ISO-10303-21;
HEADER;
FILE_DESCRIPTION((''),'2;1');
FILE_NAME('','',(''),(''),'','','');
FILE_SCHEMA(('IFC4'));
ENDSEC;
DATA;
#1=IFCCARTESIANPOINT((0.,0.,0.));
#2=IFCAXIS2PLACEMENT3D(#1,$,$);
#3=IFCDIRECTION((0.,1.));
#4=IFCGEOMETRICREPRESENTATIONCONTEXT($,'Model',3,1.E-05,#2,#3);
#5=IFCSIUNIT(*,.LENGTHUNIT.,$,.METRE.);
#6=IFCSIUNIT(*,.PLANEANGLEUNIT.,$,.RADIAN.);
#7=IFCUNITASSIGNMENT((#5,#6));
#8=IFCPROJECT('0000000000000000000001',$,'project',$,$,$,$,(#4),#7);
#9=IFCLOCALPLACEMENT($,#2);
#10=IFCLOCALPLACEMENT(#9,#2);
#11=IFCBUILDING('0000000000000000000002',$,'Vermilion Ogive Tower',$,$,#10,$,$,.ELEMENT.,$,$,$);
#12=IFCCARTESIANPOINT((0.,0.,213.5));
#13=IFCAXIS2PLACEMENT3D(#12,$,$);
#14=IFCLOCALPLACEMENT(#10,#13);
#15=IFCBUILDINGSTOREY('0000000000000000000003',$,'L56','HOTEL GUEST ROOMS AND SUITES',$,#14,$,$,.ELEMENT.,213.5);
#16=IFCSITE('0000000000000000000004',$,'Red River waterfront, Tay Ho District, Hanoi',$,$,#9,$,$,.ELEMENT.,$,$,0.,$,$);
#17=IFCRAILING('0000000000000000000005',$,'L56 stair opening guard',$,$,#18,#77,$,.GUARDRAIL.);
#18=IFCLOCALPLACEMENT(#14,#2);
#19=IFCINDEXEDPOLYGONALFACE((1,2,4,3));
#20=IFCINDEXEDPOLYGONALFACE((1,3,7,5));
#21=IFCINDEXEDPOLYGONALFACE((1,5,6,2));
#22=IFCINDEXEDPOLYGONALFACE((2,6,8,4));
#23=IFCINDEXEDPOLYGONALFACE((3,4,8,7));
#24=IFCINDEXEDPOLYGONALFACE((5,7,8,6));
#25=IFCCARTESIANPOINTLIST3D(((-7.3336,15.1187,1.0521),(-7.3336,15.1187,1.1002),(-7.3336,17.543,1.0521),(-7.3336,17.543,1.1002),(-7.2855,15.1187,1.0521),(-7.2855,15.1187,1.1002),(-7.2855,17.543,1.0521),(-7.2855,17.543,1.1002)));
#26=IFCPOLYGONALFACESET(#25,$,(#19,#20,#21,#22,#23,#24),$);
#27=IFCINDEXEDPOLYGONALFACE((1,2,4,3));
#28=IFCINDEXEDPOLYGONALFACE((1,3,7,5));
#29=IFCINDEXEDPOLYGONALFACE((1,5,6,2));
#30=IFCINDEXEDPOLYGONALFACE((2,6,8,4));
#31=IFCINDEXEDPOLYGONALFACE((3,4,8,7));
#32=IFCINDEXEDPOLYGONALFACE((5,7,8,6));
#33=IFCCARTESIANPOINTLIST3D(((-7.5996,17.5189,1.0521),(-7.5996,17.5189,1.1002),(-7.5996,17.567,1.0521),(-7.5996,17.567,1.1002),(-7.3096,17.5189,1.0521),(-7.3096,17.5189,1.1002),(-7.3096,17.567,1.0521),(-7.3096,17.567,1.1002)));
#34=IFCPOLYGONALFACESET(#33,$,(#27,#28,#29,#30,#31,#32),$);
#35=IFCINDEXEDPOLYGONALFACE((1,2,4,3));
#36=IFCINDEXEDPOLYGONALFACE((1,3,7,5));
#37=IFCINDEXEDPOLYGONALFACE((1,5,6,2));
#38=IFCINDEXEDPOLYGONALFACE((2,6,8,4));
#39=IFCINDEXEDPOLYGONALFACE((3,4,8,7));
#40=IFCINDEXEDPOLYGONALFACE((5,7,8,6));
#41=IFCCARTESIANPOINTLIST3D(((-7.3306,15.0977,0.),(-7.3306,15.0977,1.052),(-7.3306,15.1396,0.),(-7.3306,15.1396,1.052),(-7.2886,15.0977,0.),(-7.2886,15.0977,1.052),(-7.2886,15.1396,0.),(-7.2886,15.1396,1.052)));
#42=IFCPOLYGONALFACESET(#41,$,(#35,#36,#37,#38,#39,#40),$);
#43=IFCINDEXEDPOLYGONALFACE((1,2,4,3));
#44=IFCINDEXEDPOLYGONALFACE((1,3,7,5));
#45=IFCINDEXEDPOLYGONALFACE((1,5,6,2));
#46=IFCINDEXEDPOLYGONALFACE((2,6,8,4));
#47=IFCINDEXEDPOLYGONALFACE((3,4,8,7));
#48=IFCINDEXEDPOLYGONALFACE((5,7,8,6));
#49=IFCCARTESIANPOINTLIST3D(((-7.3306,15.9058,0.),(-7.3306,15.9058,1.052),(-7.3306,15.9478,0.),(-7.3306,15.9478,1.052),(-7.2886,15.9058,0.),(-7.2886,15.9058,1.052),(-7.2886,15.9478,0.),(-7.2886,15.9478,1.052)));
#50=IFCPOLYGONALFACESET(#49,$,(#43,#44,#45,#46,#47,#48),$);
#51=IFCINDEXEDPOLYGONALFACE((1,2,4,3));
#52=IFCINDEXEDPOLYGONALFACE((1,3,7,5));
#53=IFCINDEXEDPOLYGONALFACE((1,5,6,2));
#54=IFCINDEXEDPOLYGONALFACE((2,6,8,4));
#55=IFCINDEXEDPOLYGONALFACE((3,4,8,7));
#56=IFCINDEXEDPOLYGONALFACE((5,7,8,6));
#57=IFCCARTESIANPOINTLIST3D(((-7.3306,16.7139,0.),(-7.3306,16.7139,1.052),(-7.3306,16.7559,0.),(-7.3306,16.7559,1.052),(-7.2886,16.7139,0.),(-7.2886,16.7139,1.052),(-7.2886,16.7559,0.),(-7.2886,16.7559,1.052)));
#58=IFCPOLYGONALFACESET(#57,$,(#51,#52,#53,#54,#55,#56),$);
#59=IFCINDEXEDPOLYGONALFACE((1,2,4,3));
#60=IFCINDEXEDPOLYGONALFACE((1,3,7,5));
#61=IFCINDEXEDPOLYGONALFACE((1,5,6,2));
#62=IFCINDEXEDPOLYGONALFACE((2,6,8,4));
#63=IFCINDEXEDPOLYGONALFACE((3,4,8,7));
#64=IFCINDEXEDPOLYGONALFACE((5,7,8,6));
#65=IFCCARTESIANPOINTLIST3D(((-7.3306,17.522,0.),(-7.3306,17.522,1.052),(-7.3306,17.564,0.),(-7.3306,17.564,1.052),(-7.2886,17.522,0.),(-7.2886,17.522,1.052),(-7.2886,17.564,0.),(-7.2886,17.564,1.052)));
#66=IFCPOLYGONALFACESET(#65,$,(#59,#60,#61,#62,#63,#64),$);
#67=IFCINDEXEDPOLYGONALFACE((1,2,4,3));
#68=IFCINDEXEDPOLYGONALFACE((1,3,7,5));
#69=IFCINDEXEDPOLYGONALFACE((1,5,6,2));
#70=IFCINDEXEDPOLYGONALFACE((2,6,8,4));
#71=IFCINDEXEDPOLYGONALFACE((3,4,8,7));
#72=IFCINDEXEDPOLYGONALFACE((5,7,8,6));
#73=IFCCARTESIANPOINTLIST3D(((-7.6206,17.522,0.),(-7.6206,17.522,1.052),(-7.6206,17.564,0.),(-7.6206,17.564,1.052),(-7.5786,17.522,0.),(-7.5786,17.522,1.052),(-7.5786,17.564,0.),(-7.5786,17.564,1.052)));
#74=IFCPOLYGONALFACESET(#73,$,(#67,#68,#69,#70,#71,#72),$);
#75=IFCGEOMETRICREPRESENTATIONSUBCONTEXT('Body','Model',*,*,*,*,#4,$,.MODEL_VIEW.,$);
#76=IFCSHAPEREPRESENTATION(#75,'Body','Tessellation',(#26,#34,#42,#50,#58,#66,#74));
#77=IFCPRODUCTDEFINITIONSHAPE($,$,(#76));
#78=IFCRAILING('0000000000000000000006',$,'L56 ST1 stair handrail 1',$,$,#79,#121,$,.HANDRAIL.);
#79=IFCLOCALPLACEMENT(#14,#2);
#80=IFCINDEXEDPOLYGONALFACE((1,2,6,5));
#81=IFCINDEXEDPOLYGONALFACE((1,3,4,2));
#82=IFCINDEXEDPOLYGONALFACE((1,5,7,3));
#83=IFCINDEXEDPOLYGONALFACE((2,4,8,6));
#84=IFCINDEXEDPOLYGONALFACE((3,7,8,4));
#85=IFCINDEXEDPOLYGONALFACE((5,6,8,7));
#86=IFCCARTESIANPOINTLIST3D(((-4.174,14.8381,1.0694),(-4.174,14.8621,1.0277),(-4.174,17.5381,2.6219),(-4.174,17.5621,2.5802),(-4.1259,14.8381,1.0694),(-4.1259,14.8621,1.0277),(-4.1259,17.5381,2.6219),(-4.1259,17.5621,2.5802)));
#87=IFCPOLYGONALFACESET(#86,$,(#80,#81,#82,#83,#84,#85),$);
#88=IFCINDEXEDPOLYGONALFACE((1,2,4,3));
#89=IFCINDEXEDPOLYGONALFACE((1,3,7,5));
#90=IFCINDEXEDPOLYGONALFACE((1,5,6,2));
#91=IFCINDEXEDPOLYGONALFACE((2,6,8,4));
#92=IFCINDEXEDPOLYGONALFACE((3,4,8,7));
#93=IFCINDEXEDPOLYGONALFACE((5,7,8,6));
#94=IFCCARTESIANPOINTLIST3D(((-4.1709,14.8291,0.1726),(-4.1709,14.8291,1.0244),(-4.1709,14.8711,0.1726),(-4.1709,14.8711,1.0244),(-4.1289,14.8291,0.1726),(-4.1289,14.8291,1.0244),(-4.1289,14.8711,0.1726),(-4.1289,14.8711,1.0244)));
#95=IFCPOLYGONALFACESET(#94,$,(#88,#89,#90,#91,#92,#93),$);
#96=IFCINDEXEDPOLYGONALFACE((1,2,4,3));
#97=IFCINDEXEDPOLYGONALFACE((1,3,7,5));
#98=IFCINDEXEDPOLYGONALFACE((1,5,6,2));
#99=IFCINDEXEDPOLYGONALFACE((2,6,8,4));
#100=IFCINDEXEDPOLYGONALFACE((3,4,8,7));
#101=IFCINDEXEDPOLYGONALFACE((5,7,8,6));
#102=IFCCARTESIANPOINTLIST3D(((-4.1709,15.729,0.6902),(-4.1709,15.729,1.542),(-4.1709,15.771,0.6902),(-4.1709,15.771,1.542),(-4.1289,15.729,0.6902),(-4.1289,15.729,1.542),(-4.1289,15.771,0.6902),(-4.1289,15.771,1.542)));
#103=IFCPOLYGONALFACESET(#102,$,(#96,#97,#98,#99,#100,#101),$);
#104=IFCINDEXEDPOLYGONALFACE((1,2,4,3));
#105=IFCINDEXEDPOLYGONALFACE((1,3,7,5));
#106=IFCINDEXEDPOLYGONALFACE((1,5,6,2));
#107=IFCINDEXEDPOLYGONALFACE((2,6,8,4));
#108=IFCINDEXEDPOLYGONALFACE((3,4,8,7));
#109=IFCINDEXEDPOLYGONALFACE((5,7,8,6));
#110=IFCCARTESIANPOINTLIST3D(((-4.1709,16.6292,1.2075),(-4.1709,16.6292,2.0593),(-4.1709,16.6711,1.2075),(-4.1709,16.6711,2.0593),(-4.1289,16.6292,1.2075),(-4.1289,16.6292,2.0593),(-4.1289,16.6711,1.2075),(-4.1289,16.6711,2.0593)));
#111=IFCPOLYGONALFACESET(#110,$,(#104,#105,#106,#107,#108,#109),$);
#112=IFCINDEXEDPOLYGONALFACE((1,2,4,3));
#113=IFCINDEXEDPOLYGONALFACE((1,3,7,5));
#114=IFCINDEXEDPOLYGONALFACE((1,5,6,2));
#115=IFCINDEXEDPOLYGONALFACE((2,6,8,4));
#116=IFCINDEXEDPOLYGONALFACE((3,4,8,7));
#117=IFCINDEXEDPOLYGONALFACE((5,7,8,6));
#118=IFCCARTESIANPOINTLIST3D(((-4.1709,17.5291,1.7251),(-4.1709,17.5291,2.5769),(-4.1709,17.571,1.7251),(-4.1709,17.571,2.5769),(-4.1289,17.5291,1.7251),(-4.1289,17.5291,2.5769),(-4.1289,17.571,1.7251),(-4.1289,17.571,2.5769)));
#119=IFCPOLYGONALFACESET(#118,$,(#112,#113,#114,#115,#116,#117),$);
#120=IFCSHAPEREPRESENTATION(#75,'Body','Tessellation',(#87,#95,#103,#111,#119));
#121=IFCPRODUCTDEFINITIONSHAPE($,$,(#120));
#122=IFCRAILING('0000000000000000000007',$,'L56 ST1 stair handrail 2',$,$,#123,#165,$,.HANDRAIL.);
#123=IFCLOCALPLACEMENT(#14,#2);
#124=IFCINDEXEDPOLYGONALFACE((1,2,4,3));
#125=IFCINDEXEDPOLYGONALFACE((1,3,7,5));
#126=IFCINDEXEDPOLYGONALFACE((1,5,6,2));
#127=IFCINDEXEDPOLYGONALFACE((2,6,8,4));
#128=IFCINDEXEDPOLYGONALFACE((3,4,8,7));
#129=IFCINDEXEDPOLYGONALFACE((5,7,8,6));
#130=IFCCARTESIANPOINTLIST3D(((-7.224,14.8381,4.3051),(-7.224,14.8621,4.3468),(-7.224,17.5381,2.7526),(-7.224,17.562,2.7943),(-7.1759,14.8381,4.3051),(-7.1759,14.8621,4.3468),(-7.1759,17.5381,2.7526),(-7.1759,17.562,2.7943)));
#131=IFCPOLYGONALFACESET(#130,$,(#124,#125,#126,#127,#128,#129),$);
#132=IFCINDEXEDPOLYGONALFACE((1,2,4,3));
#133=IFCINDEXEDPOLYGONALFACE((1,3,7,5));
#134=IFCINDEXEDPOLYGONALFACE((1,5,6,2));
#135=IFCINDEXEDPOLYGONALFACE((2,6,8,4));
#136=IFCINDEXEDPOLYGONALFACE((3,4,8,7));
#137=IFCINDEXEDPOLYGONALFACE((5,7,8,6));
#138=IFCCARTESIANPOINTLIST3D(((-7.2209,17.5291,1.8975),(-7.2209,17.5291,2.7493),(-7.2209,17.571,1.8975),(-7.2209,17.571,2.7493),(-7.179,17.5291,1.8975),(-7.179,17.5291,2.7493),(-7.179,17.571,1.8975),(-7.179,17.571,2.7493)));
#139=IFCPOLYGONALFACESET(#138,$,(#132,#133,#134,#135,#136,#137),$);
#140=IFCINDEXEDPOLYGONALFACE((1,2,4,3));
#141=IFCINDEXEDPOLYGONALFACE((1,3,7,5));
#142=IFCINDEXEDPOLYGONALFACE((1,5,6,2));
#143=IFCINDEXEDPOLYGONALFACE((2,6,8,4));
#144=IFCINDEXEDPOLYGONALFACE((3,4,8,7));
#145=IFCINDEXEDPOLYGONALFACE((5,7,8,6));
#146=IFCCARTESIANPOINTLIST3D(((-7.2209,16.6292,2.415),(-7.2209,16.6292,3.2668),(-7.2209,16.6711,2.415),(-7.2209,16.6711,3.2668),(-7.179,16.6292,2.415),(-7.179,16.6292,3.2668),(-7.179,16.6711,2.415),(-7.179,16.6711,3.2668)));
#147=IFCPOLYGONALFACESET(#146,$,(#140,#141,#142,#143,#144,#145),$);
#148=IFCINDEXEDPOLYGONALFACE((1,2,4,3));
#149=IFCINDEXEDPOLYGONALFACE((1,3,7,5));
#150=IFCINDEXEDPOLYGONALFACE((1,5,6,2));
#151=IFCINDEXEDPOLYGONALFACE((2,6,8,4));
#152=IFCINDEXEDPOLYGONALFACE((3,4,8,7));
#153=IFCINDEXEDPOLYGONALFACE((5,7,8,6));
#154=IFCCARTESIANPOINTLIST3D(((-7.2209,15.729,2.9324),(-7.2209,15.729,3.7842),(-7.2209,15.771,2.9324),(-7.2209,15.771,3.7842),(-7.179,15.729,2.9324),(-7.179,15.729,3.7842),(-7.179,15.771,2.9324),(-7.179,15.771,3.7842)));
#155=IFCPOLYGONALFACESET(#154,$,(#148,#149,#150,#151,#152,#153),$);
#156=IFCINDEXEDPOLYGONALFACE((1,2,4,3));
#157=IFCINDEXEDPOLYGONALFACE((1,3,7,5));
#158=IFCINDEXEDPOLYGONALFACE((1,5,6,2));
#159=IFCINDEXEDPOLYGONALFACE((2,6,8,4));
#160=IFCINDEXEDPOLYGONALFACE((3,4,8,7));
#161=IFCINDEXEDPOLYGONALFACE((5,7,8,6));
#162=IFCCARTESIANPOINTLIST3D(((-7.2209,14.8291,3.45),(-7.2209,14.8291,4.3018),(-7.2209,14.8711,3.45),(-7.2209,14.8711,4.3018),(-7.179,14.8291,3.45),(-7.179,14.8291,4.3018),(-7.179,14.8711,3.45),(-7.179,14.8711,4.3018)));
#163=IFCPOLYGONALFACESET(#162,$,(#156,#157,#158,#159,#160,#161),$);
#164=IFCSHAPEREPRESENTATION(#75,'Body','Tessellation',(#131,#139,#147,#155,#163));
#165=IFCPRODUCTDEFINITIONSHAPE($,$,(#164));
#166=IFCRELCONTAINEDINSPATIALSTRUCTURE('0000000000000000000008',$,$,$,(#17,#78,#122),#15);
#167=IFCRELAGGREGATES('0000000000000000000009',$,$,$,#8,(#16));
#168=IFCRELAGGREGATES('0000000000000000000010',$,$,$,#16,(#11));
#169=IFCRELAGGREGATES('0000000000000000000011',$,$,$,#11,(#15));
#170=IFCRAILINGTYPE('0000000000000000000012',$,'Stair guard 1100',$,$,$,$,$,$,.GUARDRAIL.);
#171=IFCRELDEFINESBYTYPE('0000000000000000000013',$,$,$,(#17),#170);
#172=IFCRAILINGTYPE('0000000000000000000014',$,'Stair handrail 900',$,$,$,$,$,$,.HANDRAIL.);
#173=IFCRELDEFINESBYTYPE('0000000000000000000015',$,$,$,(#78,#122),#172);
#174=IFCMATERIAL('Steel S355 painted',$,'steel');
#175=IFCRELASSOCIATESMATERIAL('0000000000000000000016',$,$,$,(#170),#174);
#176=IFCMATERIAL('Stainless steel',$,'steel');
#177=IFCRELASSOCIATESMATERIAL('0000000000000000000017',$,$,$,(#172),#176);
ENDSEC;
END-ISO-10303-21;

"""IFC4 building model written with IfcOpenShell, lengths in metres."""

from ifc_helpers import new_model, si_unit, direction, frame, origin, origin_2d, place, context, subcontext, project, spatial, rectangle, extrude, material, type_object, element, save


model = new_model("IFC4")

# Units and contexts
model_context = context("Model", 3, precision=1e-05, world=origin(), true_north=direction((0.0, 1.0)))
body_context = subcontext(model_context, "Body", "Model", "MODEL_VIEW")
ifc_project = project(units=[si_unit("LENGTHUNIT", "METRE"), si_unit("PLANEANGLEUNIT", "RADIAN")], contexts=[model_context])

# Site, building, storey
site_placement = place(None, origin())
site = spatial("IfcSite", under=ifc_project, at=site_placement, Name="Red River waterfront, Tay Ho District, Hanoi", CompositionType="ELEMENT", RefElevation=0.0)
building_placement = place(site_placement, origin())
building = spatial("IfcBuilding", under=site, at=building_placement, Name="Vermilion Ogive Tower", CompositionType="ELEMENT")
storey_placement = place(building_placement, frame((0.0, 0.0, 213.5)))
storey = spatial("IfcBuildingStorey", under=building, at=storey_placement, Name="L56", Description="HOTEL GUEST ROOMS AND SUITES", CompositionType="ELEMENT", Elevation=213.5)

# Railings
ifc_material_1 = material(Name="Steel S355 painted", Category="steel")
railing_type_1 = type_object("IfcRailingType", Name="Stair guard 1100", PredefinedType="GUARDRAIL", material=ifc_material_1)
railing_1_placement = place(storey_placement, frame((-7.3096, 15.1187, 0.0)))
element("IfcRailing", 1, at=railing_1_placement, inside=storey, type_object=railing_type_1, Name="L56 stair opening guard", PredefinedType="GUARDRAIL", context=body_context, shape_type="SweptSolid", body=[
    extrude(rectangle(XDim=0.0481, YDim=0.0481, at=origin_2d()), frame((0.0, 0.0, 1.0762), z_axis=(0.0, 1.0, 0.0), x_axis=(-1.0, 0.0, 0.0)), (0.0, 0.0, 1.0), 2.4243),
    extrude(rectangle(XDim=0.0481, YDim=0.0481, at=origin_2d()), frame((0.0, 2.4243, 1.0762), z_axis=(-1.0, 0.0, 0.0), x_axis=(0.0, -1.0, 0.0)), (0.0, 0.0, 1.0), 0.29),
    extrude(rectangle(XDim=0.042, YDim=0.042, at=origin_2d()), origin(), (0.0, 0.0, 1.0), 1.052),
    extrude(rectangle(XDim=0.042, YDim=0.042, at=origin_2d()), frame((0.0, 0.8081, 0.0)), (0.0, 0.0, 1.0), 1.052),
    extrude(rectangle(XDim=0.042, YDim=0.042, at=origin_2d()), frame((0.0, 1.6162, 0.0)), (0.0, 0.0, 1.0), 1.052),
    extrude(rectangle(XDim=0.042, YDim=0.042, at=origin_2d()), frame((0.0, 2.4243, 0.0)), (0.0, 0.0, 1.0), 1.052),
    extrude(rectangle(XDim=0.042, YDim=0.042, at=origin_2d()), frame((-0.29, 2.4243, 0.0)), (0.0, 0.0, 1.0), 1.052),
])
ifc_material_2 = material(Name="Stainless steel", Category="steel")
railing_type_2 = type_object("IfcRailingType", Name="Stair handrail 900", PredefinedType="HANDRAIL", material=ifc_material_2)
railing_2_placement = place(storey_placement, frame((-4.1499, 14.8501, 0.1726)))
element("IfcRailing", 2, at=railing_2_placement, inside=storey, type_object=railing_type_2, Name="L56 ST1 stair handrail 1", PredefinedType="HANDRAIL", context=body_context, shape_type="SweptSolid", body=[
    extrude(rectangle(XDim=0.0481, YDim=0.0481, at=origin_2d()), frame((0.0, 0.0, 0.876), z_axis=(0.0, 0.866904, 0.498476), x_axis=(-1.0, 0.0, 0.0)), (0.0, 0.0, 1.0), 3.1145),
    extrude(rectangle(XDim=0.042, YDim=0.042, at=origin_2d()), origin(), (0.0, 0.0, 1.0), 0.8518),
    extrude(rectangle(XDim=0.042, YDim=0.042, at=origin_2d()), frame((0.0, 0.8999, 0.5176)), (0.0, 0.0, 1.0), 0.8518),
    extrude(rectangle(XDim=0.042, YDim=0.042, at=origin_2d()), frame((0.0, 1.8, 1.0349)), (0.0, 0.0, 1.0), 0.8518),
    extrude(rectangle(XDim=0.042, YDim=0.042, at=origin_2d()), frame((0.0, 2.7, 1.5525)), (0.0, 0.0, 1.0), 0.8518),
])
railing_3_placement = place(storey_placement, frame((-7.2, 17.55, 1.8975)))
element("IfcRailing", 3, at=railing_3_placement, inside=storey, type_object=railing_type_2, Name="L56 ST1 stair handrail 2", PredefinedType="HANDRAIL", context=body_context, shape_type="SweptSolid", body=[
    extrude(rectangle(XDim=0.0481, YDim=0.0481, at=origin_2d()), frame((0.0, 0.0, 0.876), z_axis=(0.0, -0.866904, 0.498476), x_axis=(1.0, 0.0, 0.0)), (0.0, 0.0, 1.0), 3.1145),
    extrude(rectangle(XDim=0.042, YDim=0.042, at=origin_2d()), origin(), (0.0, 0.0, 1.0), 0.8518),
    extrude(rectangle(XDim=0.042, YDim=0.042, at=origin_2d()), frame((0.0, -0.8999, 0.5176)), (0.0, 0.0, 1.0), 0.8518),
    extrude(rectangle(XDim=0.042, YDim=0.042, at=origin_2d()), frame((0.0, -1.8, 1.0349)), (0.0, 0.0, 1.0), 0.8518),
    extrude(rectangle(XDim=0.042, YDim=0.042, at=origin_2d()), frame((0.0, -2.7, 1.5525)), (0.0, 0.0, 1.0), 0.8518),
])

save(model, "model.ifc")
